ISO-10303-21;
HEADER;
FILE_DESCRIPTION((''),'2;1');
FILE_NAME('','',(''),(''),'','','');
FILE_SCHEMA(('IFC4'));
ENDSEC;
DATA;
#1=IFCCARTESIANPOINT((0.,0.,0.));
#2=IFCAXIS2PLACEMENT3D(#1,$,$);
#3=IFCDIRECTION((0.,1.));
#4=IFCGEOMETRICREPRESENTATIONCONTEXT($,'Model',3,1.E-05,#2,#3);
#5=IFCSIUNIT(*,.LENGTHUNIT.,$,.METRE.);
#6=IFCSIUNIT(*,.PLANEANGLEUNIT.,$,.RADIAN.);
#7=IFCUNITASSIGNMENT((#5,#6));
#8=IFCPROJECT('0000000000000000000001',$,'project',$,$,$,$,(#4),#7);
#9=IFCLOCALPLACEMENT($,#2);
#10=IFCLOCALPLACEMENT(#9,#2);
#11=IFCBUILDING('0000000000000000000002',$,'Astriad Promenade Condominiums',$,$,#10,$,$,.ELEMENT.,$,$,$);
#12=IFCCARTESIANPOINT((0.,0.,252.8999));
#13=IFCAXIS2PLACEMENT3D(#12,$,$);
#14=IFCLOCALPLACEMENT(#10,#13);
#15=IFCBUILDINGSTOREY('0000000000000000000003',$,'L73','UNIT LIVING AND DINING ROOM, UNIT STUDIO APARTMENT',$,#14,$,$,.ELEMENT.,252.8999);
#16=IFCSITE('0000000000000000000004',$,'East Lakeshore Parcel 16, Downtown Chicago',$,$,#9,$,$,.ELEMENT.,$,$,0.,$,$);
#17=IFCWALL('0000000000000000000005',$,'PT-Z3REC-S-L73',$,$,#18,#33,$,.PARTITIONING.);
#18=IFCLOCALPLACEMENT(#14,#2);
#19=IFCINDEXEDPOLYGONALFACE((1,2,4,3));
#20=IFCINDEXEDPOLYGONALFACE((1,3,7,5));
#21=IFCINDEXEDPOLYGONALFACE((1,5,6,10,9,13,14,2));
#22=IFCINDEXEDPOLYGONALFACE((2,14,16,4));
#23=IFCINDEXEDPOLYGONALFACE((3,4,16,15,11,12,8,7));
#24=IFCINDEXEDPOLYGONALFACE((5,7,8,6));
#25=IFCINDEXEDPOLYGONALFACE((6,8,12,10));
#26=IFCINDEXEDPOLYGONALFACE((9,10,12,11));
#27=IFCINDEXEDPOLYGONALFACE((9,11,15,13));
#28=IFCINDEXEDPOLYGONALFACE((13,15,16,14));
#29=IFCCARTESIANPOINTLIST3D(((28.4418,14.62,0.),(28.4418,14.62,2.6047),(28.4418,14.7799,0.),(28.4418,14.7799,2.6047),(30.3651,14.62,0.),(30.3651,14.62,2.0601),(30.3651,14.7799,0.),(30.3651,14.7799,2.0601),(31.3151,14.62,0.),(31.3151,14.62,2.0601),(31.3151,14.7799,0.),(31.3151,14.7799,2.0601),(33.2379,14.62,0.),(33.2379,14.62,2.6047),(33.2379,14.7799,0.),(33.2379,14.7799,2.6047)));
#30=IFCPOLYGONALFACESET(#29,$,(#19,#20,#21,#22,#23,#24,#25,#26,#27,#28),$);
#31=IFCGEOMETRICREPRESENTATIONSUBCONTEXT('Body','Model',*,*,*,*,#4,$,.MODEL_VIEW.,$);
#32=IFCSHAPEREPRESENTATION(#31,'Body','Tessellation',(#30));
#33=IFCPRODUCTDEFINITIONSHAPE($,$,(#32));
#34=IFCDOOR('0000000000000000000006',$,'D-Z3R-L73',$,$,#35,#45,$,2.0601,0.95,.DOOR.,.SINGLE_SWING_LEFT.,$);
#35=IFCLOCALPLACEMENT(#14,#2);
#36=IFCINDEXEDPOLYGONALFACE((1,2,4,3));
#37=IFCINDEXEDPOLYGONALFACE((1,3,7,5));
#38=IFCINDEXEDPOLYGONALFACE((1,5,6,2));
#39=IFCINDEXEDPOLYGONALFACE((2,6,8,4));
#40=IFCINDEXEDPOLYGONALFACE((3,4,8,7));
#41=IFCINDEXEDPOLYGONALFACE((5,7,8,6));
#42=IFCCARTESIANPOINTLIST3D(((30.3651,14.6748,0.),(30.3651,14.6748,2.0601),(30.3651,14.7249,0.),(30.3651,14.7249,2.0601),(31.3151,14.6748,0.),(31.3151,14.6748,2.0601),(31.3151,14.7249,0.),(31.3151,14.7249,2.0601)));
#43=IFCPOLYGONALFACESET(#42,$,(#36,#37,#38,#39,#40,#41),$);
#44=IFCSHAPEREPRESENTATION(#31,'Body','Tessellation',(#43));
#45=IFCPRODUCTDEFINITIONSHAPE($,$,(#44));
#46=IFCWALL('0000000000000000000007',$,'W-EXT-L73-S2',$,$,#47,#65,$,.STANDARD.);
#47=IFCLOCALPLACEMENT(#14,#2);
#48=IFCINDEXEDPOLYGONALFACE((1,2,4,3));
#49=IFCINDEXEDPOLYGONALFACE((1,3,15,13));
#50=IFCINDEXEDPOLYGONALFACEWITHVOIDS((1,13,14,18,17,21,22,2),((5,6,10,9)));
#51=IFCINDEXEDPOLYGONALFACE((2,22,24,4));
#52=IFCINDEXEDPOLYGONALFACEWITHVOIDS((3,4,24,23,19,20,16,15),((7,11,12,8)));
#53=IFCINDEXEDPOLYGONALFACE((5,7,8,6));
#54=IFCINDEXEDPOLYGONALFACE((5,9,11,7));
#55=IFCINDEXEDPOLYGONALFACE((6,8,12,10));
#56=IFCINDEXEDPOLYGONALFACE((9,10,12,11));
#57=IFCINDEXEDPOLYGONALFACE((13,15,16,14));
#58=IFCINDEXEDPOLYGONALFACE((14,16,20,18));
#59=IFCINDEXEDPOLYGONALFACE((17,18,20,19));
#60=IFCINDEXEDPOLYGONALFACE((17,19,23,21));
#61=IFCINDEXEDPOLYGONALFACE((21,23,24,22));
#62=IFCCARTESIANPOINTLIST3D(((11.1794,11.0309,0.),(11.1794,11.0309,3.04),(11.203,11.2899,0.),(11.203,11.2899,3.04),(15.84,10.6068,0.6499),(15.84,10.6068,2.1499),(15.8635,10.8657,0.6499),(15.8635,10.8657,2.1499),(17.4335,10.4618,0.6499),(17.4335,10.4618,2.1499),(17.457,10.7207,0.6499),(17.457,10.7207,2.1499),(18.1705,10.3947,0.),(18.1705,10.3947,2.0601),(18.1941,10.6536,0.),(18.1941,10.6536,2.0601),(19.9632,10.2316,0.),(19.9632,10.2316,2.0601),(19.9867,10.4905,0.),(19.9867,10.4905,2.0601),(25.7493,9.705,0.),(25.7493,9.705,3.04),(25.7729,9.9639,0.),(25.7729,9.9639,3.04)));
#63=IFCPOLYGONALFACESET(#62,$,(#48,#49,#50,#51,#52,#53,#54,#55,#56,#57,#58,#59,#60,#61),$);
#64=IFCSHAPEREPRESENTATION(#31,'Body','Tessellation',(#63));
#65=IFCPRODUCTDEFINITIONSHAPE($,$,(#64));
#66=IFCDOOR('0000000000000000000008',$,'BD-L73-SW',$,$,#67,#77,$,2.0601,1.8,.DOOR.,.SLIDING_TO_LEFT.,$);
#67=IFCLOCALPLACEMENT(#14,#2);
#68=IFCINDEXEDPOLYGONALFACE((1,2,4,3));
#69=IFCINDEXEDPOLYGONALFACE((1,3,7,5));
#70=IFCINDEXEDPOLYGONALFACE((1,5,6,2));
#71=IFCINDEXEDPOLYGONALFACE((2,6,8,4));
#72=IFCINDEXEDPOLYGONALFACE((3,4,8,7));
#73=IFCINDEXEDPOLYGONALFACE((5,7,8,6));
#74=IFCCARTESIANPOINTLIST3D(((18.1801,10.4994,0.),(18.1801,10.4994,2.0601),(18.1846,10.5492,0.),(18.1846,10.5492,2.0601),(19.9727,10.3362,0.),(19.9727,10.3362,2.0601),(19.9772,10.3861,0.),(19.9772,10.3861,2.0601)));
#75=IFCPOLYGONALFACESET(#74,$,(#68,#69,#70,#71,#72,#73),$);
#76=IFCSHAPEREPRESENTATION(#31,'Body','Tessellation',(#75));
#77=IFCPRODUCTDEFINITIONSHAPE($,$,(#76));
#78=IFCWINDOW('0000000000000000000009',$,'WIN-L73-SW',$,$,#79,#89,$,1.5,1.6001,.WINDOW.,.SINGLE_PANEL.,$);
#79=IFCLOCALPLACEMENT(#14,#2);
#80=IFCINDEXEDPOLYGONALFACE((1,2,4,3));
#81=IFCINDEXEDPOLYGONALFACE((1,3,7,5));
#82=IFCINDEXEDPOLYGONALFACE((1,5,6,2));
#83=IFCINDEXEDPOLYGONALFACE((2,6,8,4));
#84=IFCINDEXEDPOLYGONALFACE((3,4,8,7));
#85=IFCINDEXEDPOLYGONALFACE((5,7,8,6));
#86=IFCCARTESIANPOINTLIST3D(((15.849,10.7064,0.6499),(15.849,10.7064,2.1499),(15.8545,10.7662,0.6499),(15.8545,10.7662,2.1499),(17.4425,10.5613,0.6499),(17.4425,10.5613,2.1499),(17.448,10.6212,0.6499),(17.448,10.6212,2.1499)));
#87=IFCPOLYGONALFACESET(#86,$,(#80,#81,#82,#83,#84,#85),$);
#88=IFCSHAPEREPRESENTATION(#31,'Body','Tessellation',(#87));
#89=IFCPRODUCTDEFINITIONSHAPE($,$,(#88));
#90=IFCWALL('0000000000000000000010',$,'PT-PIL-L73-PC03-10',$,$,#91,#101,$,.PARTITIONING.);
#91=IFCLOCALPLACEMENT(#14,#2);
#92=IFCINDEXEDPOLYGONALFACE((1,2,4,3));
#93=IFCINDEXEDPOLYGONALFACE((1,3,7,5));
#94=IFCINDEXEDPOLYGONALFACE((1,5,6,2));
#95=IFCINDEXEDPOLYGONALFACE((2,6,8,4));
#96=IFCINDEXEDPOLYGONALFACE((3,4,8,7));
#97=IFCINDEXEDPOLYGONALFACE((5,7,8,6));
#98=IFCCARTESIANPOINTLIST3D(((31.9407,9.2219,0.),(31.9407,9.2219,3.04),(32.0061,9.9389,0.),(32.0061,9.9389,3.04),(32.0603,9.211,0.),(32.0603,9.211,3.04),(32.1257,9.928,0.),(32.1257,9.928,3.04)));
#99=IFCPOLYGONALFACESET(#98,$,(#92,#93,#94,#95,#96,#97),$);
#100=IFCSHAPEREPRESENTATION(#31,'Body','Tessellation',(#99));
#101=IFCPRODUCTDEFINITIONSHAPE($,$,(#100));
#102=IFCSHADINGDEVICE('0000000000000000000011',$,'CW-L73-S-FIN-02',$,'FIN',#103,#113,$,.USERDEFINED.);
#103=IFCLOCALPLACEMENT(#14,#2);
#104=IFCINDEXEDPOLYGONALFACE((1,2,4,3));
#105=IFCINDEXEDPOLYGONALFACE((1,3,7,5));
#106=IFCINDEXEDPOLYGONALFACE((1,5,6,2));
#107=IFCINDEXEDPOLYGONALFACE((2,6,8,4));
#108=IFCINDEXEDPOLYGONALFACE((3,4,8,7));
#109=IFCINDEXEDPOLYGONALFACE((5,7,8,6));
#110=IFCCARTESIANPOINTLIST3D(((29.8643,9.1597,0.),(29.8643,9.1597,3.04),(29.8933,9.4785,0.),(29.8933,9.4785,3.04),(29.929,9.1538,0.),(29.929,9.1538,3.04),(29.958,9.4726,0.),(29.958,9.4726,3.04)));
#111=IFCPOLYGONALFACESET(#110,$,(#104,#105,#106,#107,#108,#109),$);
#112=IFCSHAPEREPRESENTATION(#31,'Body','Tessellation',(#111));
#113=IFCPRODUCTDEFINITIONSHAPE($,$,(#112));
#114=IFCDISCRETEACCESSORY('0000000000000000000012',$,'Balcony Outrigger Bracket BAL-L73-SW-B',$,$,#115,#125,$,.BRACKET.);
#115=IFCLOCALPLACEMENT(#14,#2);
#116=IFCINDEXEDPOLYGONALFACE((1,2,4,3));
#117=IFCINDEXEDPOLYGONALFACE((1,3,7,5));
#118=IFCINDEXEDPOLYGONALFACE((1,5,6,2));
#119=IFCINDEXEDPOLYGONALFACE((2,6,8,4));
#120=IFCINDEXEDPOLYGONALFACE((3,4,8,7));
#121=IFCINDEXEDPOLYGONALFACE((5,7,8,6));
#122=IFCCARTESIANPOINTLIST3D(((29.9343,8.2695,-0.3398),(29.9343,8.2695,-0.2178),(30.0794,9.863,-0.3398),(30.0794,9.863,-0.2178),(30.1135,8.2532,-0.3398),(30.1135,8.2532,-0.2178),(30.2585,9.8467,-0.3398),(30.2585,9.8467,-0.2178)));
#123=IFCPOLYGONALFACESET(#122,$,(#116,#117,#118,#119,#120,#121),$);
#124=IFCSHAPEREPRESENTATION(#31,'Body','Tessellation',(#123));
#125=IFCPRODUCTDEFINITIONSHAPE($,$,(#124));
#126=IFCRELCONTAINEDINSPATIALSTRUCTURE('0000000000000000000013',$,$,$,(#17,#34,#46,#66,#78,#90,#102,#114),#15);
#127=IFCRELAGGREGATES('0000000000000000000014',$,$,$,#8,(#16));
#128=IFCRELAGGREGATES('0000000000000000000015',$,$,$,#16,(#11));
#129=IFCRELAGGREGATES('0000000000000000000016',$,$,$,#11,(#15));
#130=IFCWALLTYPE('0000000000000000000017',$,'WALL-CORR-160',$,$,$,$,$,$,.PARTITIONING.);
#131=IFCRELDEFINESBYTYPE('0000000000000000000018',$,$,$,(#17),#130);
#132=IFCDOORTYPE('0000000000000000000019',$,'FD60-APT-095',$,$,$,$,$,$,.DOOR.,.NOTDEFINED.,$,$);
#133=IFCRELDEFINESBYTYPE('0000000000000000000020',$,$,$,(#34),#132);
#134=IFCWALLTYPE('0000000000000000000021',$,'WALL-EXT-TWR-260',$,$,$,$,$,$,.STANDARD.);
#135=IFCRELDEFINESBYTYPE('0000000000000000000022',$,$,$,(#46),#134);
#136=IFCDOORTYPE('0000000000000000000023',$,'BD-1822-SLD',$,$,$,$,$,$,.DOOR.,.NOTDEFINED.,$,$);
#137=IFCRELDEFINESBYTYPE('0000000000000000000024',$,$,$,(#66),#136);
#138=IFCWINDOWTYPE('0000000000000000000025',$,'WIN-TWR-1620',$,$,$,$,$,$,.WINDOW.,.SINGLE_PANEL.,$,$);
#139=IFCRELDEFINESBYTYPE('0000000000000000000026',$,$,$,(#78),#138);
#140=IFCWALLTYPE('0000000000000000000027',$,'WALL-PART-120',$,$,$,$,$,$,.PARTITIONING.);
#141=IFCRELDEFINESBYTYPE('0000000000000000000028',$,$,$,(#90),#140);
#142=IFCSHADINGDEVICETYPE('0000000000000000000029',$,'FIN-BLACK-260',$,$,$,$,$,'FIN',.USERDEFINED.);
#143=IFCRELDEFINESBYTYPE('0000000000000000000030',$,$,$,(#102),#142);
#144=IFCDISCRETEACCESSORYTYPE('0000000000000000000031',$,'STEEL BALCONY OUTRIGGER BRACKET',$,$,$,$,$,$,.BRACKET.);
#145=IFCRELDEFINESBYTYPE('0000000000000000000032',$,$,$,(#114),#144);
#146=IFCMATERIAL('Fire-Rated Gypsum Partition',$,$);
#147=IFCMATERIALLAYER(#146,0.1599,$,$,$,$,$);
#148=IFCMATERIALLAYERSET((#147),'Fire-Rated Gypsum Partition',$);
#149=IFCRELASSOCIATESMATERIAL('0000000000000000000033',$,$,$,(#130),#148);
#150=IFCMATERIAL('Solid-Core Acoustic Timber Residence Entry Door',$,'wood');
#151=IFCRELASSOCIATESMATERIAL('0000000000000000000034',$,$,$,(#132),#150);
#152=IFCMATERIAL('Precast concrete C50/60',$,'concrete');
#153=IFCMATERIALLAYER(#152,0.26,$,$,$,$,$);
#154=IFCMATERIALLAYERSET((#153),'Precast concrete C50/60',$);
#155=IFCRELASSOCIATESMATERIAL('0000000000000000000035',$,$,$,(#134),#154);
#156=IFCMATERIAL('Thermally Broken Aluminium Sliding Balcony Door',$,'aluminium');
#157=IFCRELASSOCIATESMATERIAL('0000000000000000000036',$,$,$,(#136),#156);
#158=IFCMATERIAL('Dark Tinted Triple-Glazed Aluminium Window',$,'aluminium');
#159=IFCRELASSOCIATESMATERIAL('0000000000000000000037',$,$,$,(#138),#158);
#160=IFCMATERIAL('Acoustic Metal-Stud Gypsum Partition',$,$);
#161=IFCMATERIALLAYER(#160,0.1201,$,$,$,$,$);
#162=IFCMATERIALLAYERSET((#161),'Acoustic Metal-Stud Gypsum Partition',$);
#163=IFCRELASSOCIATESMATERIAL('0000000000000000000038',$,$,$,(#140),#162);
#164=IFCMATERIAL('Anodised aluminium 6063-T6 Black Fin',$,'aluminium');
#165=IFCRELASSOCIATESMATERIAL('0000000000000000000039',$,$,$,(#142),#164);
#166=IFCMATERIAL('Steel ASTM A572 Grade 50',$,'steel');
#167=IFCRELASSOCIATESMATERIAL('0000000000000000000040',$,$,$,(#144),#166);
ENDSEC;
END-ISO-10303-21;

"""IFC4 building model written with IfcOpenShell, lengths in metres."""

from ifc_helpers import new_model, si_unit, direction, frame, frame_2d, origin, origin_2d, place, context, subcontext, project, spatial, rectangle, extrude, source, transform, mapped, material, layer, layer_set, type_object, type_shapes, element, fill, save


model = new_model("IFC4")

# Units and contexts
model_context = context("Model", 3, precision=1e-05, world=origin(), true_north=direction((0.0, 1.0)))
body_context = subcontext(model_context, "Body", "Model", "MODEL_VIEW")
ifc_project = project(units=[si_unit("LENGTHUNIT", "METRE"), si_unit("PLANEANGLEUNIT", "RADIAN")], contexts=[model_context])

# Site, building, storey
site_placement = place(None, origin())
site = spatial("IfcSite", under=ifc_project, at=site_placement, Name="East Lakeshore Parcel 16, Downtown Chicago", CompositionType="ELEMENT", RefElevation=0.0)
building_placement = place(site_placement, origin())
building = spatial("IfcBuilding", under=site, at=building_placement, Name="Astriad Promenade Condominiums", CompositionType="ELEMENT")
storey_placement = place(building_placement, frame((0.0, 0.0, 252.8999)))
storey = spatial("IfcBuildingStorey", under=building, at=storey_placement, Name="L73", Description="UNIT LIVING AND DINING ROOM, UNIT STUDIO APARTMENT", CompositionType="ELEMENT", Elevation=252.8999)

# Shared definitions
ifc_material_1 = material(Name="Fire-Rated Gypsum Partition")
ifc_layer_1 = layer(ifc_material_1, 0.1599)
ifc_layer_set_1 = layer_set([ifc_layer_1], Name="Fire-Rated Gypsum Partition")
wall_type_1 = type_object("IfcWallType", Name="WALL-CORR-160", PredefinedType="PARTITIONING", material=ifc_layer_set_1)

# Wall, opening, door
wall_1_placement = place(storey_placement, frame((28.4419, 14.7, 0.0), z_axis=(0.0, 0.0, 1.0), x_axis=(1.0, 0.0, 0.0)))
wall_1 = element("IfcWall", 1, at=wall_1_placement, inside=storey, type_object=wall_type_1, Name="PT-Z3REC-S-L73", PredefinedType="PARTITIONING", context=body_context, shape_type="SweptSolid", body=[
    extrude(rectangle(XDim=4.7961, YDim=0.1599, at=frame_2d((2.3979, 0.0))), origin(), (0.0, 0.0, 1.0), 2.6047),
])
opening_1_placement = place(wall_1_placement, frame((1.9231, 0.0, 0.0)))
opening_1 = element("IfcOpeningElement", 2, at=opening_1_placement, cuts=wall_1, PredefinedType="OPENING", context=body_context, shape_type="SweptSolid", body=[
    extrude(rectangle(XDim=0.95, YDim=2.0601, at=frame_2d((0.4751, 1.03))), frame((0.0, 0.0898, 0.0), z_axis=(0.0, -1.0, 0.0), x_axis=(1.0, 0.0, 0.0)), (0.0, 0.0, 1.0), 0.1799),
])
ifc_material_2 = material(Name="Solid-Core Acoustic Timber Residence Entry Door", Category="wood")
door_type_1 = type_object("IfcDoorType", Name="FD60-APT-095", OperationType="NOTDEFINED", PredefinedType="DOOR", material=ifc_material_2)
shared_shape_1 = source(origin(), body_context, "Body", "SweptSolid", [
    extrude(rectangle(XDim=0.95, YDim=2.0601, at=frame_2d((0.4751, 1.03))), frame((0.0, 0.0249, 0.0), z_axis=(0.0, -1.0, 0.0), x_axis=(1.0, 0.0, 0.0)), (0.0, 0.0, 1.0), 0.05),
])
type_shapes(door_type_1, [shared_shape_1])
door_1_placement = place(opening_1_placement, origin())
door_1 = element("IfcDoor", 3, at=door_1_placement, inside=storey, type_object=door_type_1, Name="D-Z3R-L73", OperationType="SINGLE_SWING_LEFT", OverallHeight=2.0601, OverallWidth=0.95, PredefinedType="DOOR", context=body_context, shape_type="MappedRepresentation", body=[
    mapped(shared_shape_1, transform((0.0, 0.0, 0.0), scale=1.0)),
])
fill(opening_1, door_1)

# Wall, openings, door, window
ifc_material_3 = material(Name="Precast concrete C50/60", Category="concrete")
ifc_layer_2 = layer(ifc_material_3, 0.26)
ifc_layer_set_2 = layer_set([ifc_layer_2], Name="Precast concrete C50/60")
wall_type_2 = type_object("IfcWallType", Name="WALL-EXT-TWR-260", PredefinedType="STANDARD", material=ifc_layer_set_2)
wall_2_placement = place(storey_placement, frame((25.761, 9.8345, 0.0), z_axis=(0.0, 0.0, 1.0), x_axis=(-0.995885, 0.090631, 0.0)))
wall_2 = element("IfcWall", 4, at=wall_2_placement, inside=storey, type_object=wall_type_2, Name="W-EXT-L73-S2", PredefinedType="STANDARD", context=body_context, shape_type="SweptSolid", body=[
    extrude(rectangle(XDim=14.6301, YDim=0.26, at=frame_2d((7.3149, 0.0))), origin(), (0.0, 0.0, 1.0), 3.04),
])
opening_2_placement = place(wall_2_placement, frame((5.8101, 0.0, 0.0)))
opening_2 = element("IfcOpeningElement", 5, at=opening_2_placement, cuts=wall_2, PredefinedType="OPENING", context=body_context, shape_type="SweptSolid", body=[
    extrude(rectangle(XDim=1.8, YDim=2.0601, at=frame_2d((0.8999, 1.03))), frame((0.0, 0.1399, 0.0), z_axis=(0.0, -1.0, 0.0), x_axis=(1.0, 0.0, 0.0)), (0.0, 0.0, 1.0), 0.28),
])
opening_3_placement = place(wall_2_placement, frame((8.3501, 0.0, 0.6499)))
opening_3 = element("IfcOpeningElement", 6, at=opening_3_placement, cuts=wall_2, PredefinedType="OPENING", context=body_context, shape_type="SweptSolid", body=[
    extrude(rectangle(XDim=1.6001, YDim=1.5, at=frame_2d((0.8, 0.75))), frame((0.0, 0.1399, 0.0), z_axis=(0.0, -1.0, 0.0), x_axis=(1.0, 0.0, 0.0)), (0.0, 0.0, 1.0), 0.28),
])
ifc_material_4 = material(Name="Thermally Broken Aluminium Sliding Balcony Door", Category="aluminium")
door_type_2 = type_object("IfcDoorType", Name="BD-1822-SLD", OperationType="NOTDEFINED", PredefinedType="DOOR", material=ifc_material_4)
shared_shape_2 = source(origin(), body_context, "Body", "SweptSolid", [
    extrude(rectangle(XDim=1.8, YDim=2.0601, at=frame_2d((0.8999, 1.03))), frame((0.0, 0.0249, 0.0), z_axis=(0.0, -1.0, 0.0), x_axis=(1.0, 0.0, 0.0)), (0.0, 0.0, 1.0), 0.05),
])
type_shapes(door_type_2, [shared_shape_2])
door_2_placement = place(opening_2_placement, origin())
door_2 = element("IfcDoor", 7, at=door_2_placement, inside=storey, type_object=door_type_2, Name="BD-L73-SW", OperationType="SLIDING_TO_LEFT", OverallHeight=2.0601, OverallWidth=1.8, PredefinedType="DOOR", context=body_context, shape_type="MappedRepresentation", body=[
    mapped(shared_shape_2, transform((0.0, 0.0, 0.0), scale=1.0)),
])
fill(opening_2, door_2)
ifc_material_5 = material(Name="Dark Tinted Triple-Glazed Aluminium Window", Category="aluminium")
window_type = type_object("IfcWindowType", Name="WIN-TWR-1620", PartitioningType="SINGLE_PANEL", PredefinedType="WINDOW", material=ifc_material_5)
shared_shape_3 = source(origin(), body_context, "Body", "SweptSolid", [
    extrude(rectangle(XDim=1.6001, YDim=1.5, at=frame_2d((0.8, 0.75))), frame((0.0, 0.03, 0.0), z_axis=(0.0, -1.0, 0.0), x_axis=(1.0, 0.0, 0.0)), (0.0, 0.0, 1.0), 0.0601),
])
type_shapes(window_type, [shared_shape_3])
window_placement = place(opening_3_placement, origin())
window = element("IfcWindow", 8, at=window_placement, inside=storey, type_object=window_type, Name="WIN-L73-SW", OverallHeight=1.5, OverallWidth=1.6001, PartitioningType="SINGLE_PANEL", PredefinedType="WINDOW", context=body_context, shape_type="MappedRepresentation", body=[
    mapped(shared_shape_3, transform((0.0, 0.0, 0.0), scale=1.0)),
])
fill(opening_3, window)

# Wall
ifc_material_6 = material(Name="Acoustic Metal-Stud Gypsum Partition")
ifc_layer_3 = layer(ifc_material_6, 0.1201)
ifc_layer_set_3 = layer_set([ifc_layer_3], Name="Acoustic Metal-Stud Gypsum Partition")
wall_type_3 = type_object("IfcWallType", Name="WALL-PART-120", PredefinedType="PARTITIONING", material=ifc_layer_set_3)
wall_3_placement = place(storey_placement, frame((32.0659, 9.9333, 0.0), z_axis=(0.0, 0.0, 1.0), x_axis=(-0.090872, -0.995863, 0.0)))
element("IfcWall", 9, at=wall_3_placement, inside=storey, type_object=wall_type_3, Name="PT-PIL-L73-PC03-10", PredefinedType="PARTITIONING", context=body_context, shape_type="SweptSolid", body=[
    extrude(rectangle(XDim=0.72, YDim=0.1201, at=frame_2d((0.3599, 0.0))), origin(), (0.0, 0.0, 1.0), 3.04),
])

# Shading device
ifc_material_7 = material(Name="Anodised aluminium 6063-T6 Black Fin", Category="aluminium")
shading_device_type = type_object("IfcShadingDeviceType", Name="FIN-BLACK-260", ElementType="FIN", PredefinedType="USERDEFINED", material=ifc_material_7)
shared_shape_4 = source(origin(), body_context, "Body", "SweptSolid", [
    extrude(rectangle(XDim=0.0649, YDim=0.3201, at=origin_2d()), origin(), (0.0, 0.0, 1.0), 3.04),
])
type_shapes(shading_device_type, [shared_shape_4])
shading_device_placement = place(storey_placement, frame((29.9111, 9.3162, 0.0), z_axis=(0.0, 0.0, 1.0), x_axis=(-0.995884, 0.090633, 0.0)))
element("IfcShadingDevice", 10, at=shading_device_placement, inside=storey, type_object=shading_device_type, Name="CW-L73-S-FIN-02", ObjectType="FIN", PredefinedType="USERDEFINED", context=body_context, shape_type="MappedRepresentation", body=[
    mapped(shared_shape_4, transform((0.0, 0.0, 0.0), scale=1.0)),
])

# Discrete accessory
ifc_material_8 = material(Name="Steel ASTM A572 Grade 50", Category="steel")
discrete_accessory_type = type_object("IfcDiscreteAccessoryType", Name="STEEL BALCONY OUTRIGGER BRACKET", PredefinedType="BRACKET", material=ifc_material_8)
shared_shape_5 = source(origin(), body_context, "Body", "SweptSolid", [
    extrude(rectangle(XDim=1.6001, YDim=0.1799, at=origin_2d()), origin(), (0.0, 0.0, 1.0), 0.1221),
])
type_shapes(discrete_accessory_type, [shared_shape_5])
discrete_accessory_placement = place(storey_placement, frame((30.0964, 9.0581, -0.3398), z_axis=(0.0, 0.0, 1.0), x_axis=(-0.090633, -0.995884, 0.0)))
element("IfcDiscreteAccessory", 11, at=discrete_accessory_placement, inside=storey, type_object=discrete_accessory_type, Name="Balcony Outrigger Bracket BAL-L73-SW-B", PredefinedType="BRACKET", context=body_context, shape_type="MappedRepresentation", body=[
    mapped(shared_shape_5, transform((0.0, 0.0, 0.0), scale=1.0)),
])

save(model, "model.ifc")
